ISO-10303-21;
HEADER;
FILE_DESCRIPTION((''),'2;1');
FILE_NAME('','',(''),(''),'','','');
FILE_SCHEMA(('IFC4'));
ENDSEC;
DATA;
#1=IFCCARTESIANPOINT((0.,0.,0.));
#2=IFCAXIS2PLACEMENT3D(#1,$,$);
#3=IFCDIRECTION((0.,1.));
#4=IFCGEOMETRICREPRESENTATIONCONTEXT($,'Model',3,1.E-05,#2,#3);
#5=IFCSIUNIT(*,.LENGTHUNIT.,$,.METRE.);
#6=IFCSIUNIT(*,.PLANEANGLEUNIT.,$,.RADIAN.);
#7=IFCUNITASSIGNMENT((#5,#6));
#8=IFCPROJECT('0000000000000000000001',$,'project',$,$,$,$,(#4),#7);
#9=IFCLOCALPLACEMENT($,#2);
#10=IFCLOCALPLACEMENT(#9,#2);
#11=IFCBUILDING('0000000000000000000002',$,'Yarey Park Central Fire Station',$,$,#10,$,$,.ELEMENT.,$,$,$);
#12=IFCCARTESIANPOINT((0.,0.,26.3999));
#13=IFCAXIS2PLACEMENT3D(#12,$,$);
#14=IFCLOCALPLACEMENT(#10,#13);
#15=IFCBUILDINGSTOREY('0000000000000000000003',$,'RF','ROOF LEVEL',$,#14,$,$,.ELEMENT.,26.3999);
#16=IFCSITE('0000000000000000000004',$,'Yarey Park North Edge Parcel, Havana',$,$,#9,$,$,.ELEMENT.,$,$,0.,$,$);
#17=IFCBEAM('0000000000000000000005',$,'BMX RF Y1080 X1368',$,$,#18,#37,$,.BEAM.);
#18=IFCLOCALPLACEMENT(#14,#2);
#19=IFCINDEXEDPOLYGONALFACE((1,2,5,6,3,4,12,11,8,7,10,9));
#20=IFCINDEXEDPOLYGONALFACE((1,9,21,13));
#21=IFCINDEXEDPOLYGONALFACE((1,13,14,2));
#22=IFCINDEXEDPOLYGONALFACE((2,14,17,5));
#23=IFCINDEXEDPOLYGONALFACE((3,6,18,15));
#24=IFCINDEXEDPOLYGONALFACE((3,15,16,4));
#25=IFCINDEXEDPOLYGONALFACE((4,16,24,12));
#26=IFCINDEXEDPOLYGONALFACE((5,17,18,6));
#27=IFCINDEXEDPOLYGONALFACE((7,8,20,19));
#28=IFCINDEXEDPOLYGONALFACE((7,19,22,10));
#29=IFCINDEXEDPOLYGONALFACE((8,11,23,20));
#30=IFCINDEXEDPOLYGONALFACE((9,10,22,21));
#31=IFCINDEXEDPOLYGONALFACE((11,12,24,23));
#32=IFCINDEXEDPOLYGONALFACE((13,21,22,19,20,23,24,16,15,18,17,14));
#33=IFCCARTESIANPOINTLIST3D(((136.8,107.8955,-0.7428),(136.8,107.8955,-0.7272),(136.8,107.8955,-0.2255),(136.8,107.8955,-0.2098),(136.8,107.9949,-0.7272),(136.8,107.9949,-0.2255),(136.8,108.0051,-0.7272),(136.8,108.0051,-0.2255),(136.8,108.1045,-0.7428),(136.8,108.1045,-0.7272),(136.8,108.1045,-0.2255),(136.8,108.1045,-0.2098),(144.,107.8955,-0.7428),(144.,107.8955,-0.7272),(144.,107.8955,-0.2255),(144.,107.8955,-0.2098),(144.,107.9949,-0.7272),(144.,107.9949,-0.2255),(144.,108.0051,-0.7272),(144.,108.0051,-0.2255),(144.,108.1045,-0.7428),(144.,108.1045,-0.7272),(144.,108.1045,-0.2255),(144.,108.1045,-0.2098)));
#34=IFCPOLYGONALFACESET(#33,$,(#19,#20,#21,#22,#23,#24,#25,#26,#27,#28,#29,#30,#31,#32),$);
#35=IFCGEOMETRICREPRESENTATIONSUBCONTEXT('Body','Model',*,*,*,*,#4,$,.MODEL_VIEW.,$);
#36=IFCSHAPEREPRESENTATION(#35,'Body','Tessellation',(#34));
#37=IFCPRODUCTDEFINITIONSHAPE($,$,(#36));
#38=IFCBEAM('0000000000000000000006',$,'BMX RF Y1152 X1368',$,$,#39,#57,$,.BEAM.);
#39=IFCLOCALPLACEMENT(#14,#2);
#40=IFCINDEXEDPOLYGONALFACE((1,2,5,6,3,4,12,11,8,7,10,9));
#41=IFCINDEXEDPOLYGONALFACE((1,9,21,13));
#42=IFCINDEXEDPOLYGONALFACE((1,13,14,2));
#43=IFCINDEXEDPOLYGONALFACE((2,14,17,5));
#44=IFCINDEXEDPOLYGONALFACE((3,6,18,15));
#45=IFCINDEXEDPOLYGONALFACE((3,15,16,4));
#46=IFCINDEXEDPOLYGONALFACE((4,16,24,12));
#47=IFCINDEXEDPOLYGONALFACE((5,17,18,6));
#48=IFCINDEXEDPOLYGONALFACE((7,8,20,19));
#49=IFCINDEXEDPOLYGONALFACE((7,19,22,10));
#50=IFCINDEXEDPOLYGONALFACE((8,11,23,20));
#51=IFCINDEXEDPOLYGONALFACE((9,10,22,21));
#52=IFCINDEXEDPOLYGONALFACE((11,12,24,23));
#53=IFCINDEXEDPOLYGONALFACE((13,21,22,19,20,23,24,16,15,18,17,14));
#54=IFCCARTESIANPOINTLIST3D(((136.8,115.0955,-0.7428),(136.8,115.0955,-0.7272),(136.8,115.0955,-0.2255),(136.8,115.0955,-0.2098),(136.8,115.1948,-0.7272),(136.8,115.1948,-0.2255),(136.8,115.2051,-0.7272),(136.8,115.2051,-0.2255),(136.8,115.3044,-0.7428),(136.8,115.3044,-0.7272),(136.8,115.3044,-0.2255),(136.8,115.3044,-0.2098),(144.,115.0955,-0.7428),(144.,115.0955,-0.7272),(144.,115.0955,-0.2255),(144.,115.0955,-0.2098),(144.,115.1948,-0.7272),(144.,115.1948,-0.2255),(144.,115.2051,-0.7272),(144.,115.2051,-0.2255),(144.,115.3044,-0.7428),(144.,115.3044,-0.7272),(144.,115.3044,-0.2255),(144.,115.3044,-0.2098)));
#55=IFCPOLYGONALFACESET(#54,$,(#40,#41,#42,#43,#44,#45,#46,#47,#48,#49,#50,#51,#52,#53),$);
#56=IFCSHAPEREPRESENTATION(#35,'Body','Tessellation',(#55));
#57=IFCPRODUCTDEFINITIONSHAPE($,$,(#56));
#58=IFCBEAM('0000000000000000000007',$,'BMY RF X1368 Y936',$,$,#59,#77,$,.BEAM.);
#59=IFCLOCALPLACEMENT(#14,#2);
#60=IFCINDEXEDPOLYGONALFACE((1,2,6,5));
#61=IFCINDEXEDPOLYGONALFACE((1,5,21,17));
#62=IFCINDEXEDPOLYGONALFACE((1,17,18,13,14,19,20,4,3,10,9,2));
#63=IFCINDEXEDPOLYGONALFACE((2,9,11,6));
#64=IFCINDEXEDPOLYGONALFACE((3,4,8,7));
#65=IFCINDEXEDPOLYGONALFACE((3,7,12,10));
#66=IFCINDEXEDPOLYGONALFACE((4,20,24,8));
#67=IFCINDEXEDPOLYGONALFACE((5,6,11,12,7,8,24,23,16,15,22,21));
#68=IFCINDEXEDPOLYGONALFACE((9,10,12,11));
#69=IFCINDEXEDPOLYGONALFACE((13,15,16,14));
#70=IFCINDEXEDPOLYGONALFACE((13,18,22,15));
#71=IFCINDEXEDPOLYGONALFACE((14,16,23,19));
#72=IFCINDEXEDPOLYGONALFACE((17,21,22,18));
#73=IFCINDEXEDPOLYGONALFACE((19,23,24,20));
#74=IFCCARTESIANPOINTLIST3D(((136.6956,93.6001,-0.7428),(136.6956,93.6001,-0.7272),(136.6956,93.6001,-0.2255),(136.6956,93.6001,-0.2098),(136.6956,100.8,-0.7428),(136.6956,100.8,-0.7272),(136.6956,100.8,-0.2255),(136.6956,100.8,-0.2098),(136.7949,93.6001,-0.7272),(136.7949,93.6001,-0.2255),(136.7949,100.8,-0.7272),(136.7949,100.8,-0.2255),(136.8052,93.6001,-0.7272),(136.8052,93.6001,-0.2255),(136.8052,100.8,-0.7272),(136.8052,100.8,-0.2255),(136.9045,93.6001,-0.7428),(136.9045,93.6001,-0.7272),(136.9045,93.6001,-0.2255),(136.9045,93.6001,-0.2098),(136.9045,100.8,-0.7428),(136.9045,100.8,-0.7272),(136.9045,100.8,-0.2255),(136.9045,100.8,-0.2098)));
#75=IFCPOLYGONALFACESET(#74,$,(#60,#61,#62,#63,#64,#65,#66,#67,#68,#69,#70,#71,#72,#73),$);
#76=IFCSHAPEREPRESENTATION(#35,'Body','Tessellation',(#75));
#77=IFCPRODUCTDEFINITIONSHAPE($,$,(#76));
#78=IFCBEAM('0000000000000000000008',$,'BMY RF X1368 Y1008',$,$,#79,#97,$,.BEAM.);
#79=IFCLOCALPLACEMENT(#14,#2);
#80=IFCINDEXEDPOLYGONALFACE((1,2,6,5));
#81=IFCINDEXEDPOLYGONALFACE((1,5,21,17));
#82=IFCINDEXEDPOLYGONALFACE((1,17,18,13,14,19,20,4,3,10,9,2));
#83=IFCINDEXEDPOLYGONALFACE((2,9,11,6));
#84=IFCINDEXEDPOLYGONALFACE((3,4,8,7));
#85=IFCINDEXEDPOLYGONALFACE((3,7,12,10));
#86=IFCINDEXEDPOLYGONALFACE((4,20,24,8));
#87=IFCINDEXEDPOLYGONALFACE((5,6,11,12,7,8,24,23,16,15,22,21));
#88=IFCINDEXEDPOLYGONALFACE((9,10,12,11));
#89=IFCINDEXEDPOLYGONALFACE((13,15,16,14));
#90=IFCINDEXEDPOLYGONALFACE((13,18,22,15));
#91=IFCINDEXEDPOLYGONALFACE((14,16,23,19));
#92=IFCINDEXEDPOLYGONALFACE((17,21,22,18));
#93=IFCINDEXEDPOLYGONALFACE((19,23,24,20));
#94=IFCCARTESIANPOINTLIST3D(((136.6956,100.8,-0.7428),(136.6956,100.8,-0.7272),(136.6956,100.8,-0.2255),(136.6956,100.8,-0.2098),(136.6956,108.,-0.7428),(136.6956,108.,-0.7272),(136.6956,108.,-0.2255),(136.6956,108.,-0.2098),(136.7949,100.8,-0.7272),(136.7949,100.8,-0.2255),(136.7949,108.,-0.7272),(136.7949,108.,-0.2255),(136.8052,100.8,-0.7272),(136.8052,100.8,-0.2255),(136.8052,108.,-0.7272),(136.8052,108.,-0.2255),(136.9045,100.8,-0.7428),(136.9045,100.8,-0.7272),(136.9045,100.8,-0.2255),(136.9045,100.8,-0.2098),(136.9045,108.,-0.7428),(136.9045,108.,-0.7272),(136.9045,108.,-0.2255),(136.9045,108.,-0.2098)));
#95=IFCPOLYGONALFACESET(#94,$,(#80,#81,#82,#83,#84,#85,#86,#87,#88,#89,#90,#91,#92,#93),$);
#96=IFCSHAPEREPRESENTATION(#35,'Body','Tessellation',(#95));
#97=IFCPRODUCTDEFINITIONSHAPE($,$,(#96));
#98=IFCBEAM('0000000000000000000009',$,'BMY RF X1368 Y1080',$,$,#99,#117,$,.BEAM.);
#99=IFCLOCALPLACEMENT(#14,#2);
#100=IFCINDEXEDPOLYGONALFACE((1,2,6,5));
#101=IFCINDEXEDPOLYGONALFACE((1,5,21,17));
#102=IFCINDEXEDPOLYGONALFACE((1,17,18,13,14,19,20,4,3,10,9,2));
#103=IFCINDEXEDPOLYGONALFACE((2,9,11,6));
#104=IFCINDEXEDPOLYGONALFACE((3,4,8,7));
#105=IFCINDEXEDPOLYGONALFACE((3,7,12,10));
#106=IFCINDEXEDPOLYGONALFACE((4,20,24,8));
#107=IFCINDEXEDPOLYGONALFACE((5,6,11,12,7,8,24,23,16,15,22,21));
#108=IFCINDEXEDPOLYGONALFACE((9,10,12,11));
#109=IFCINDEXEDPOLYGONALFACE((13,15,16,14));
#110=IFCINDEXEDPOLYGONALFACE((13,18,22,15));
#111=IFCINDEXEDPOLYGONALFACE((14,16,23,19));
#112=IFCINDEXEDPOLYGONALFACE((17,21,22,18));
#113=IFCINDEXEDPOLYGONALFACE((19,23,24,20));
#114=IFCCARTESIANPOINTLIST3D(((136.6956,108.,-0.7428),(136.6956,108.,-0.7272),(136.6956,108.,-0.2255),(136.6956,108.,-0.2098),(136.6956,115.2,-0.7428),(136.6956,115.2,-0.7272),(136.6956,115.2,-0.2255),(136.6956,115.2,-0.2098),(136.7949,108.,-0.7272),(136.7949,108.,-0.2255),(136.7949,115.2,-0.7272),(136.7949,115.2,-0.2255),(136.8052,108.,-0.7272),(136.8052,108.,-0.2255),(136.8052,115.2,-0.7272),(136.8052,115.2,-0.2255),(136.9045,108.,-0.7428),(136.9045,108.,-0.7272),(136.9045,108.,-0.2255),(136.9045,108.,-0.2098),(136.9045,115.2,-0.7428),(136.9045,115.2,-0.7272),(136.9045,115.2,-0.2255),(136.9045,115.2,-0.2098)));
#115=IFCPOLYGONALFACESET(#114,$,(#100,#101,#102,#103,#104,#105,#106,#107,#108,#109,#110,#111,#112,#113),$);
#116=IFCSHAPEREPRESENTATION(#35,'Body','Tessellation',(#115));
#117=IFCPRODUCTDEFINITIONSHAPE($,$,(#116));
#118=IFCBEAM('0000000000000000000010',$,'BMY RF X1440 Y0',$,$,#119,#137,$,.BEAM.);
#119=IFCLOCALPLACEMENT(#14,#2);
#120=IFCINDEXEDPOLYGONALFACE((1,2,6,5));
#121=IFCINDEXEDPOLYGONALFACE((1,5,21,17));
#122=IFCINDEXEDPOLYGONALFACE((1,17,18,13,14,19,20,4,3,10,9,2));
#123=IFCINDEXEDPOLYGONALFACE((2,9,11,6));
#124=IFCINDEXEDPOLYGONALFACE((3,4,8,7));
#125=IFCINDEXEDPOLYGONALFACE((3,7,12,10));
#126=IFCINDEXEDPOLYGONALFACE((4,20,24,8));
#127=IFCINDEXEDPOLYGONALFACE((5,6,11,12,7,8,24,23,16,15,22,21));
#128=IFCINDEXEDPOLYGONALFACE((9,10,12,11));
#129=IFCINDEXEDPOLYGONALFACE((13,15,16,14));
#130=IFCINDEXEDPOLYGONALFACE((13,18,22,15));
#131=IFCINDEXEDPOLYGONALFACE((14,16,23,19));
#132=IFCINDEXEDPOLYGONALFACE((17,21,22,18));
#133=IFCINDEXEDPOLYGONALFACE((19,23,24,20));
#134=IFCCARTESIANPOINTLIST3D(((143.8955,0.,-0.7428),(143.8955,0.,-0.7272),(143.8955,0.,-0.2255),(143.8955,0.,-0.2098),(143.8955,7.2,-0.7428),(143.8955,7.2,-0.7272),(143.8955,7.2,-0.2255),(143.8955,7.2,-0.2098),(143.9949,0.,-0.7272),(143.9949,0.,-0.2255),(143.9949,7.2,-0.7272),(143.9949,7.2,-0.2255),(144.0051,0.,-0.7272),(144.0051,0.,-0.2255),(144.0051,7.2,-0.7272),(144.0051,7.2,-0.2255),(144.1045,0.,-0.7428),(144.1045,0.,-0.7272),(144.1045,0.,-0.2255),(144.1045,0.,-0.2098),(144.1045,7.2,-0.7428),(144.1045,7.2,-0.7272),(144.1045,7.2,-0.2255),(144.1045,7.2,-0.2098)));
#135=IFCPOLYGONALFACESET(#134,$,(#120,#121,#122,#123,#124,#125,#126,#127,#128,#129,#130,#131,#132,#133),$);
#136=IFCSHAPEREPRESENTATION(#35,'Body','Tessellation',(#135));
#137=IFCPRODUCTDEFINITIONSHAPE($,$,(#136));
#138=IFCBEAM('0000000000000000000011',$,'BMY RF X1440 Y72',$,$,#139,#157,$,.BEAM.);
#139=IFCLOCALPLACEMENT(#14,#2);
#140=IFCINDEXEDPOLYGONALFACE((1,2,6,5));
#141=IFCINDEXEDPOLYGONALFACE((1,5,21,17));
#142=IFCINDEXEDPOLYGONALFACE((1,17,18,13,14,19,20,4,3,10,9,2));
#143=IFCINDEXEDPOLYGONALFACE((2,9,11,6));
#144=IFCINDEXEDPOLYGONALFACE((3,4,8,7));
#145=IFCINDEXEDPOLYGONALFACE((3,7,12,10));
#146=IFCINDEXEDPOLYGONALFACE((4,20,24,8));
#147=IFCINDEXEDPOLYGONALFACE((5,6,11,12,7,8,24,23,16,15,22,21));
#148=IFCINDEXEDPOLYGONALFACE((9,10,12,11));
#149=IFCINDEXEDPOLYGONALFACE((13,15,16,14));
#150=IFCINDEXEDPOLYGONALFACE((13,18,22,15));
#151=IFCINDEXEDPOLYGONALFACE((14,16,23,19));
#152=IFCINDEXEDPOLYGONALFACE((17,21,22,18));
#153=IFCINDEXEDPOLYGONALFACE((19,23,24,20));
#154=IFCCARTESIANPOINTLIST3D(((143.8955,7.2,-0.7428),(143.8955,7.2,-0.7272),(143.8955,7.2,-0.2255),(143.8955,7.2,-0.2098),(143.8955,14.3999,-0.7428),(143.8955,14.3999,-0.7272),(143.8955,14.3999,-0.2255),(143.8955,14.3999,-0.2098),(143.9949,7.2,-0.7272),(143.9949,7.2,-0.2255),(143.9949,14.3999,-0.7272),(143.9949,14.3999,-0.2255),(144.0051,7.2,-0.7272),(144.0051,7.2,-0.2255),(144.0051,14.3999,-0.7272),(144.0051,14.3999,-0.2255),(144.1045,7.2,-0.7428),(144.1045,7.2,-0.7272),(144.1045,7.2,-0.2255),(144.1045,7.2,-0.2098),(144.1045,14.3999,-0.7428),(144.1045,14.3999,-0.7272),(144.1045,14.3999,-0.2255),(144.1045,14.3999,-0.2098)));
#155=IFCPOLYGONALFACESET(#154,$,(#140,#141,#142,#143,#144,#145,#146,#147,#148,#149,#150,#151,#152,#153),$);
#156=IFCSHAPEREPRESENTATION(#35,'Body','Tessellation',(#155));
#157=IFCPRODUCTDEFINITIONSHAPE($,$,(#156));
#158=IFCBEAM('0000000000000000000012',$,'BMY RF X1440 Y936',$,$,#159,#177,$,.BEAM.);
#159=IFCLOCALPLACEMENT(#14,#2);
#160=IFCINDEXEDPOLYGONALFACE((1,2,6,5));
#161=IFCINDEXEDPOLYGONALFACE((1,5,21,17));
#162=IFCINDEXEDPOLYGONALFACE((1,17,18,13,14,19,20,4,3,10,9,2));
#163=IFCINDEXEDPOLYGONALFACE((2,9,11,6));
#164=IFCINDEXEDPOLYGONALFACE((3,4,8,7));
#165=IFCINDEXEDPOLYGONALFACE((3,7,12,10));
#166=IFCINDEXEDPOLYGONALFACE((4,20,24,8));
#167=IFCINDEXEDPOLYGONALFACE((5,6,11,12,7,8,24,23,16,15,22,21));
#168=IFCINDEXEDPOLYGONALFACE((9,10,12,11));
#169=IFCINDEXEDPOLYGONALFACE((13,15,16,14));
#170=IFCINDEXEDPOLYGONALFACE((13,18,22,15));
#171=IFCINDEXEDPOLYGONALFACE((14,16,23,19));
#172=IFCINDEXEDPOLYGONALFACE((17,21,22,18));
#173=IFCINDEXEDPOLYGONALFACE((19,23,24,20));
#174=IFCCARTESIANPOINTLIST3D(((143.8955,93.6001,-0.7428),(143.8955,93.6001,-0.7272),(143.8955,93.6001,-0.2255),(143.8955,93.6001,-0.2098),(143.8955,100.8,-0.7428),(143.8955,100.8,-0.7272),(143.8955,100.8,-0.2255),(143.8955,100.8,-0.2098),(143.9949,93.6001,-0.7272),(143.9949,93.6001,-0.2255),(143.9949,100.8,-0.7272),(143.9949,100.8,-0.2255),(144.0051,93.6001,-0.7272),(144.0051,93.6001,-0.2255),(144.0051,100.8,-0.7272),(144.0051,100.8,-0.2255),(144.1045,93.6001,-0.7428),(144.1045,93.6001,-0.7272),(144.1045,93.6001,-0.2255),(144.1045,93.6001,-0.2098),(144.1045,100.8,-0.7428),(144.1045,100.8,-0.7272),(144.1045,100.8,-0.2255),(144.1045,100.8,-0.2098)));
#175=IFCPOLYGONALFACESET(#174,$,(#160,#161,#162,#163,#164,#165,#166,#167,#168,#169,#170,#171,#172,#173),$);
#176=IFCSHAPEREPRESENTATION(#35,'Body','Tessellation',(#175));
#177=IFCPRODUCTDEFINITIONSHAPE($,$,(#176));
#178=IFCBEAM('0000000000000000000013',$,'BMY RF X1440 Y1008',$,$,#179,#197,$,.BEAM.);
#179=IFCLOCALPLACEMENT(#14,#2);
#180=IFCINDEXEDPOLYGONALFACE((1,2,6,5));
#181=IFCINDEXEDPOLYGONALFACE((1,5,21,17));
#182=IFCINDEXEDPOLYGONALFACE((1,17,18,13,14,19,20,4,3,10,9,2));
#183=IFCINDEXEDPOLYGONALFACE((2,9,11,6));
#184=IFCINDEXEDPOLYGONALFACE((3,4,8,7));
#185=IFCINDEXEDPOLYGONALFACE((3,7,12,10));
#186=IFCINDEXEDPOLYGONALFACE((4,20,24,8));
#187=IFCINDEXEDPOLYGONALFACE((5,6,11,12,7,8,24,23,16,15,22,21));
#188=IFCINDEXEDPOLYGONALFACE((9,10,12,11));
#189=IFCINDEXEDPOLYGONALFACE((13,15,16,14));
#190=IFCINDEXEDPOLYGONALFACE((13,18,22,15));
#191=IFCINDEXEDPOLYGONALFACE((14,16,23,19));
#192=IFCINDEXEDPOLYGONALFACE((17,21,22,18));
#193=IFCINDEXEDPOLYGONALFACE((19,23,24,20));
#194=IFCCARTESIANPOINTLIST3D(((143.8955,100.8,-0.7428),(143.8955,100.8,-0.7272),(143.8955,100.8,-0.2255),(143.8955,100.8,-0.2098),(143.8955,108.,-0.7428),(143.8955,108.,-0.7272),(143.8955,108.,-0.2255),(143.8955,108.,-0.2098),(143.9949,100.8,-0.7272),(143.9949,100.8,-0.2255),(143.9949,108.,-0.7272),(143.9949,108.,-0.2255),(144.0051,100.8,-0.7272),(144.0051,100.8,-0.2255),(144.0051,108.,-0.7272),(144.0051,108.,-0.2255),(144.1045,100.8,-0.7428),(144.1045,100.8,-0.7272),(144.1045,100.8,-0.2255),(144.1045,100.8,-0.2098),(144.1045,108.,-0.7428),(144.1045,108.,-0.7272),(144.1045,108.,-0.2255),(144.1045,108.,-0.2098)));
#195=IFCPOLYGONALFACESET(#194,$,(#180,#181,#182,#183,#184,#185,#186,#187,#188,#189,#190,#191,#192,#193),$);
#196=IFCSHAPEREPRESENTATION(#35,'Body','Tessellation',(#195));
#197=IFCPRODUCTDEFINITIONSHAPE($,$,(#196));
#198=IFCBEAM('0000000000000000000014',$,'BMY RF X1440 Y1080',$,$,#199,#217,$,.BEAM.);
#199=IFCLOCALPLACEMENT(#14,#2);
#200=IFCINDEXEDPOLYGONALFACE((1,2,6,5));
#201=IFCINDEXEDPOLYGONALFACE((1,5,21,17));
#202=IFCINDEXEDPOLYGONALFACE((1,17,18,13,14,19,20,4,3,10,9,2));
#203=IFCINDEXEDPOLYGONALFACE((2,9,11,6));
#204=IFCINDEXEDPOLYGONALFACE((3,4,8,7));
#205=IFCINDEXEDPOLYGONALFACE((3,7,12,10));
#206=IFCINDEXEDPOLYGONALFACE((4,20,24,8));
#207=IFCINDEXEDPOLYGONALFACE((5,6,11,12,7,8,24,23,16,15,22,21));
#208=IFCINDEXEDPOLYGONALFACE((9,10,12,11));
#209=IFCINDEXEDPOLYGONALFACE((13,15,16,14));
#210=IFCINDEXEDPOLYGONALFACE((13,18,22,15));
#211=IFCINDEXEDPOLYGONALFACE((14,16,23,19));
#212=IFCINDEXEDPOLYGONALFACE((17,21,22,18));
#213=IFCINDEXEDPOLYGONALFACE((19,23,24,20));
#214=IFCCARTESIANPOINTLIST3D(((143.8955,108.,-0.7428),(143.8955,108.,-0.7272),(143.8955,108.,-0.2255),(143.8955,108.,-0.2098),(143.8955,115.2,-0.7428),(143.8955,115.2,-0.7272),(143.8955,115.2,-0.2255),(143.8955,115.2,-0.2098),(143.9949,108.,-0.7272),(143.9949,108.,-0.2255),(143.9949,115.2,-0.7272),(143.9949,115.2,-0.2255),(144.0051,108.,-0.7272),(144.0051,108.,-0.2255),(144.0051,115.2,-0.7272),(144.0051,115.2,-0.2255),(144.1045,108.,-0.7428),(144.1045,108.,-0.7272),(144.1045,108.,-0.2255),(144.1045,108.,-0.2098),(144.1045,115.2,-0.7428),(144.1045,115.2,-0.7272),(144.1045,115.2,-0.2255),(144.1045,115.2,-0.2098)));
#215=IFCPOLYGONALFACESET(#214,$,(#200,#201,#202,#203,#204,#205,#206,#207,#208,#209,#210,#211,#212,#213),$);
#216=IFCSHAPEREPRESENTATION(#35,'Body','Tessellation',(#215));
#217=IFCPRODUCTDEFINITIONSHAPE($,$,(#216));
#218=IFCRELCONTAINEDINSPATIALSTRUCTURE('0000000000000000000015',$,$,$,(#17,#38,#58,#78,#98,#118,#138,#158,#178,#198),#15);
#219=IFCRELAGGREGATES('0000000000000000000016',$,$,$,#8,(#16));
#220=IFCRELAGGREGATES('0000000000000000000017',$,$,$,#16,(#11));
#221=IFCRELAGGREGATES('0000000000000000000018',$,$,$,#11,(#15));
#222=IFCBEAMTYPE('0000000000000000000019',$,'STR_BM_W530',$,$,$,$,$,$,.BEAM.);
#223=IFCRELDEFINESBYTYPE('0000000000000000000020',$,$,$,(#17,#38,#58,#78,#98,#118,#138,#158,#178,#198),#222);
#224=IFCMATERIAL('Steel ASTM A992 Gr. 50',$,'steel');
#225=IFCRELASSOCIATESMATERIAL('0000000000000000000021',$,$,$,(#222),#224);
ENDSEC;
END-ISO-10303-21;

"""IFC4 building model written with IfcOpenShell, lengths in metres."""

from ifc_helpers import new_model, si_unit, direction, frame, origin, origin_2d, place, context, subcontext, project, spatial, i_section, extrude, material, material_profile, profile_set, type_object, element, save


model = new_model("IFC4")

# Units and contexts
model_context = context("Model", 3, precision=1e-05, world=origin(), true_north=direction((0.0, 1.0)))
body_context = subcontext(model_context, "Body", "Model", "MODEL_VIEW")
ifc_project = project(units=[si_unit("LENGTHUNIT", "METRE"), si_unit("PLANEANGLEUNIT", "RADIAN")], contexts=[model_context])

# Site, building, storey
site_placement = place(None, origin())
site = spatial("IfcSite", under=ifc_project, at=site_placement, Name="Yarey Park North Edge Parcel, Havana", CompositionType="ELEMENT", RefElevation=0.0)
building_placement = place(site_placement, origin())
building = spatial("IfcBuilding", under=site, at=building_placement, Name="Yarey Park Central Fire Station", CompositionType="ELEMENT")
storey_placement = place(building_placement, frame((0.0, 0.0, 26.3999)))
storey = spatial("IfcBuildingStorey", under=building, at=storey_placement, Name="RF", Description="ROOF LEVEL", CompositionType="ELEMENT", Elevation=26.3999)

# Beams
ifc_material_1 = material(Name="Steel ASTM A992 Gr. 50", Category="steel")
ifc_material_profile_1 = material_profile(ifc_material_1, i_section(OverallWidth=0.209, OverallDepth=0.533, WebThickness=0.0103, FlangeThickness=0.0156, at=origin_2d()), Name="W530x92")
ifc_profile_set_1 = profile_set([ifc_material_profile_1], Name="Steel ASTM A992 Gr. 50")
beam_type_1 = type_object("IfcBeamType", Name="STR_BM_W530", PredefinedType="BEAM", material=ifc_profile_set_1)
for number, where, z_axis, x_axis, name in (
    (1, (136.8, 108.0, -0.4763), (1.0, 0.0, 0.0), (0.0, 1.0, 0.0), "BMX RF Y1080 X1368"),
    (2, (136.8, 115.2, -0.4763), (1.0, 0.0, 0.0), (0.0, 1.0, 0.0), "BMX RF Y1152 X1368"),
    (3, (136.8, 93.6001, -0.4763), (0.0, 1.0, 0.0), (-1.0, 0.0, 0.0), "BMY RF X1368 Y936"),
    (4, (136.8, 100.8, -0.4763), (0.0, 1.0, 0.0), (-1.0, 0.0, 0.0), "BMY RF X1368 Y1008"),
    (5, (136.8, 108.0, -0.4763), (0.0, 1.0, 0.0), (-1.0, 0.0, 0.0), "BMY RF X1368 Y1080"),
    (6, (144.0, 0.0, -0.4763), (0.0, 1.0, 0.0), (-1.0, 0.0, 0.0), "BMY RF X1440 Y0"),
    (7, (144.0, 7.2, -0.4763), (0.0, 1.0, 0.0), (-1.0, 0.0, 0.0), "BMY RF X1440 Y72"),
    (8, (144.0, 93.6001, -0.4763), (0.0, 1.0, 0.0), (-1.0, 0.0, 0.0), "BMY RF X1440 Y936"),
    (9, (144.0, 100.8, -0.4763), (0.0, 1.0, 0.0), (-1.0, 0.0, 0.0), "BMY RF X1440 Y1008"),
    (10, (144.0, 108.0, -0.4763), (0.0, 1.0, 0.0), (-1.0, 0.0, 0.0), "BMY RF X1440 Y1080"),
):
    element("IfcBeam", number, at=place(storey_placement, frame(where, z_axis=z_axis, x_axis=x_axis)), inside=storey, type_object=beam_type_1, Name=name, PredefinedType="BEAM", context=body_context, shape_type="SweptSolid", body=[
        extrude(i_section(OverallWidth=0.209, OverallDepth=0.533, WebThickness=0.0103, FlangeThickness=0.0156, at=origin_2d()), origin(), (0.0, 0.0, 1.0), 7.2),
    ])

save(model, "model.ifc")
